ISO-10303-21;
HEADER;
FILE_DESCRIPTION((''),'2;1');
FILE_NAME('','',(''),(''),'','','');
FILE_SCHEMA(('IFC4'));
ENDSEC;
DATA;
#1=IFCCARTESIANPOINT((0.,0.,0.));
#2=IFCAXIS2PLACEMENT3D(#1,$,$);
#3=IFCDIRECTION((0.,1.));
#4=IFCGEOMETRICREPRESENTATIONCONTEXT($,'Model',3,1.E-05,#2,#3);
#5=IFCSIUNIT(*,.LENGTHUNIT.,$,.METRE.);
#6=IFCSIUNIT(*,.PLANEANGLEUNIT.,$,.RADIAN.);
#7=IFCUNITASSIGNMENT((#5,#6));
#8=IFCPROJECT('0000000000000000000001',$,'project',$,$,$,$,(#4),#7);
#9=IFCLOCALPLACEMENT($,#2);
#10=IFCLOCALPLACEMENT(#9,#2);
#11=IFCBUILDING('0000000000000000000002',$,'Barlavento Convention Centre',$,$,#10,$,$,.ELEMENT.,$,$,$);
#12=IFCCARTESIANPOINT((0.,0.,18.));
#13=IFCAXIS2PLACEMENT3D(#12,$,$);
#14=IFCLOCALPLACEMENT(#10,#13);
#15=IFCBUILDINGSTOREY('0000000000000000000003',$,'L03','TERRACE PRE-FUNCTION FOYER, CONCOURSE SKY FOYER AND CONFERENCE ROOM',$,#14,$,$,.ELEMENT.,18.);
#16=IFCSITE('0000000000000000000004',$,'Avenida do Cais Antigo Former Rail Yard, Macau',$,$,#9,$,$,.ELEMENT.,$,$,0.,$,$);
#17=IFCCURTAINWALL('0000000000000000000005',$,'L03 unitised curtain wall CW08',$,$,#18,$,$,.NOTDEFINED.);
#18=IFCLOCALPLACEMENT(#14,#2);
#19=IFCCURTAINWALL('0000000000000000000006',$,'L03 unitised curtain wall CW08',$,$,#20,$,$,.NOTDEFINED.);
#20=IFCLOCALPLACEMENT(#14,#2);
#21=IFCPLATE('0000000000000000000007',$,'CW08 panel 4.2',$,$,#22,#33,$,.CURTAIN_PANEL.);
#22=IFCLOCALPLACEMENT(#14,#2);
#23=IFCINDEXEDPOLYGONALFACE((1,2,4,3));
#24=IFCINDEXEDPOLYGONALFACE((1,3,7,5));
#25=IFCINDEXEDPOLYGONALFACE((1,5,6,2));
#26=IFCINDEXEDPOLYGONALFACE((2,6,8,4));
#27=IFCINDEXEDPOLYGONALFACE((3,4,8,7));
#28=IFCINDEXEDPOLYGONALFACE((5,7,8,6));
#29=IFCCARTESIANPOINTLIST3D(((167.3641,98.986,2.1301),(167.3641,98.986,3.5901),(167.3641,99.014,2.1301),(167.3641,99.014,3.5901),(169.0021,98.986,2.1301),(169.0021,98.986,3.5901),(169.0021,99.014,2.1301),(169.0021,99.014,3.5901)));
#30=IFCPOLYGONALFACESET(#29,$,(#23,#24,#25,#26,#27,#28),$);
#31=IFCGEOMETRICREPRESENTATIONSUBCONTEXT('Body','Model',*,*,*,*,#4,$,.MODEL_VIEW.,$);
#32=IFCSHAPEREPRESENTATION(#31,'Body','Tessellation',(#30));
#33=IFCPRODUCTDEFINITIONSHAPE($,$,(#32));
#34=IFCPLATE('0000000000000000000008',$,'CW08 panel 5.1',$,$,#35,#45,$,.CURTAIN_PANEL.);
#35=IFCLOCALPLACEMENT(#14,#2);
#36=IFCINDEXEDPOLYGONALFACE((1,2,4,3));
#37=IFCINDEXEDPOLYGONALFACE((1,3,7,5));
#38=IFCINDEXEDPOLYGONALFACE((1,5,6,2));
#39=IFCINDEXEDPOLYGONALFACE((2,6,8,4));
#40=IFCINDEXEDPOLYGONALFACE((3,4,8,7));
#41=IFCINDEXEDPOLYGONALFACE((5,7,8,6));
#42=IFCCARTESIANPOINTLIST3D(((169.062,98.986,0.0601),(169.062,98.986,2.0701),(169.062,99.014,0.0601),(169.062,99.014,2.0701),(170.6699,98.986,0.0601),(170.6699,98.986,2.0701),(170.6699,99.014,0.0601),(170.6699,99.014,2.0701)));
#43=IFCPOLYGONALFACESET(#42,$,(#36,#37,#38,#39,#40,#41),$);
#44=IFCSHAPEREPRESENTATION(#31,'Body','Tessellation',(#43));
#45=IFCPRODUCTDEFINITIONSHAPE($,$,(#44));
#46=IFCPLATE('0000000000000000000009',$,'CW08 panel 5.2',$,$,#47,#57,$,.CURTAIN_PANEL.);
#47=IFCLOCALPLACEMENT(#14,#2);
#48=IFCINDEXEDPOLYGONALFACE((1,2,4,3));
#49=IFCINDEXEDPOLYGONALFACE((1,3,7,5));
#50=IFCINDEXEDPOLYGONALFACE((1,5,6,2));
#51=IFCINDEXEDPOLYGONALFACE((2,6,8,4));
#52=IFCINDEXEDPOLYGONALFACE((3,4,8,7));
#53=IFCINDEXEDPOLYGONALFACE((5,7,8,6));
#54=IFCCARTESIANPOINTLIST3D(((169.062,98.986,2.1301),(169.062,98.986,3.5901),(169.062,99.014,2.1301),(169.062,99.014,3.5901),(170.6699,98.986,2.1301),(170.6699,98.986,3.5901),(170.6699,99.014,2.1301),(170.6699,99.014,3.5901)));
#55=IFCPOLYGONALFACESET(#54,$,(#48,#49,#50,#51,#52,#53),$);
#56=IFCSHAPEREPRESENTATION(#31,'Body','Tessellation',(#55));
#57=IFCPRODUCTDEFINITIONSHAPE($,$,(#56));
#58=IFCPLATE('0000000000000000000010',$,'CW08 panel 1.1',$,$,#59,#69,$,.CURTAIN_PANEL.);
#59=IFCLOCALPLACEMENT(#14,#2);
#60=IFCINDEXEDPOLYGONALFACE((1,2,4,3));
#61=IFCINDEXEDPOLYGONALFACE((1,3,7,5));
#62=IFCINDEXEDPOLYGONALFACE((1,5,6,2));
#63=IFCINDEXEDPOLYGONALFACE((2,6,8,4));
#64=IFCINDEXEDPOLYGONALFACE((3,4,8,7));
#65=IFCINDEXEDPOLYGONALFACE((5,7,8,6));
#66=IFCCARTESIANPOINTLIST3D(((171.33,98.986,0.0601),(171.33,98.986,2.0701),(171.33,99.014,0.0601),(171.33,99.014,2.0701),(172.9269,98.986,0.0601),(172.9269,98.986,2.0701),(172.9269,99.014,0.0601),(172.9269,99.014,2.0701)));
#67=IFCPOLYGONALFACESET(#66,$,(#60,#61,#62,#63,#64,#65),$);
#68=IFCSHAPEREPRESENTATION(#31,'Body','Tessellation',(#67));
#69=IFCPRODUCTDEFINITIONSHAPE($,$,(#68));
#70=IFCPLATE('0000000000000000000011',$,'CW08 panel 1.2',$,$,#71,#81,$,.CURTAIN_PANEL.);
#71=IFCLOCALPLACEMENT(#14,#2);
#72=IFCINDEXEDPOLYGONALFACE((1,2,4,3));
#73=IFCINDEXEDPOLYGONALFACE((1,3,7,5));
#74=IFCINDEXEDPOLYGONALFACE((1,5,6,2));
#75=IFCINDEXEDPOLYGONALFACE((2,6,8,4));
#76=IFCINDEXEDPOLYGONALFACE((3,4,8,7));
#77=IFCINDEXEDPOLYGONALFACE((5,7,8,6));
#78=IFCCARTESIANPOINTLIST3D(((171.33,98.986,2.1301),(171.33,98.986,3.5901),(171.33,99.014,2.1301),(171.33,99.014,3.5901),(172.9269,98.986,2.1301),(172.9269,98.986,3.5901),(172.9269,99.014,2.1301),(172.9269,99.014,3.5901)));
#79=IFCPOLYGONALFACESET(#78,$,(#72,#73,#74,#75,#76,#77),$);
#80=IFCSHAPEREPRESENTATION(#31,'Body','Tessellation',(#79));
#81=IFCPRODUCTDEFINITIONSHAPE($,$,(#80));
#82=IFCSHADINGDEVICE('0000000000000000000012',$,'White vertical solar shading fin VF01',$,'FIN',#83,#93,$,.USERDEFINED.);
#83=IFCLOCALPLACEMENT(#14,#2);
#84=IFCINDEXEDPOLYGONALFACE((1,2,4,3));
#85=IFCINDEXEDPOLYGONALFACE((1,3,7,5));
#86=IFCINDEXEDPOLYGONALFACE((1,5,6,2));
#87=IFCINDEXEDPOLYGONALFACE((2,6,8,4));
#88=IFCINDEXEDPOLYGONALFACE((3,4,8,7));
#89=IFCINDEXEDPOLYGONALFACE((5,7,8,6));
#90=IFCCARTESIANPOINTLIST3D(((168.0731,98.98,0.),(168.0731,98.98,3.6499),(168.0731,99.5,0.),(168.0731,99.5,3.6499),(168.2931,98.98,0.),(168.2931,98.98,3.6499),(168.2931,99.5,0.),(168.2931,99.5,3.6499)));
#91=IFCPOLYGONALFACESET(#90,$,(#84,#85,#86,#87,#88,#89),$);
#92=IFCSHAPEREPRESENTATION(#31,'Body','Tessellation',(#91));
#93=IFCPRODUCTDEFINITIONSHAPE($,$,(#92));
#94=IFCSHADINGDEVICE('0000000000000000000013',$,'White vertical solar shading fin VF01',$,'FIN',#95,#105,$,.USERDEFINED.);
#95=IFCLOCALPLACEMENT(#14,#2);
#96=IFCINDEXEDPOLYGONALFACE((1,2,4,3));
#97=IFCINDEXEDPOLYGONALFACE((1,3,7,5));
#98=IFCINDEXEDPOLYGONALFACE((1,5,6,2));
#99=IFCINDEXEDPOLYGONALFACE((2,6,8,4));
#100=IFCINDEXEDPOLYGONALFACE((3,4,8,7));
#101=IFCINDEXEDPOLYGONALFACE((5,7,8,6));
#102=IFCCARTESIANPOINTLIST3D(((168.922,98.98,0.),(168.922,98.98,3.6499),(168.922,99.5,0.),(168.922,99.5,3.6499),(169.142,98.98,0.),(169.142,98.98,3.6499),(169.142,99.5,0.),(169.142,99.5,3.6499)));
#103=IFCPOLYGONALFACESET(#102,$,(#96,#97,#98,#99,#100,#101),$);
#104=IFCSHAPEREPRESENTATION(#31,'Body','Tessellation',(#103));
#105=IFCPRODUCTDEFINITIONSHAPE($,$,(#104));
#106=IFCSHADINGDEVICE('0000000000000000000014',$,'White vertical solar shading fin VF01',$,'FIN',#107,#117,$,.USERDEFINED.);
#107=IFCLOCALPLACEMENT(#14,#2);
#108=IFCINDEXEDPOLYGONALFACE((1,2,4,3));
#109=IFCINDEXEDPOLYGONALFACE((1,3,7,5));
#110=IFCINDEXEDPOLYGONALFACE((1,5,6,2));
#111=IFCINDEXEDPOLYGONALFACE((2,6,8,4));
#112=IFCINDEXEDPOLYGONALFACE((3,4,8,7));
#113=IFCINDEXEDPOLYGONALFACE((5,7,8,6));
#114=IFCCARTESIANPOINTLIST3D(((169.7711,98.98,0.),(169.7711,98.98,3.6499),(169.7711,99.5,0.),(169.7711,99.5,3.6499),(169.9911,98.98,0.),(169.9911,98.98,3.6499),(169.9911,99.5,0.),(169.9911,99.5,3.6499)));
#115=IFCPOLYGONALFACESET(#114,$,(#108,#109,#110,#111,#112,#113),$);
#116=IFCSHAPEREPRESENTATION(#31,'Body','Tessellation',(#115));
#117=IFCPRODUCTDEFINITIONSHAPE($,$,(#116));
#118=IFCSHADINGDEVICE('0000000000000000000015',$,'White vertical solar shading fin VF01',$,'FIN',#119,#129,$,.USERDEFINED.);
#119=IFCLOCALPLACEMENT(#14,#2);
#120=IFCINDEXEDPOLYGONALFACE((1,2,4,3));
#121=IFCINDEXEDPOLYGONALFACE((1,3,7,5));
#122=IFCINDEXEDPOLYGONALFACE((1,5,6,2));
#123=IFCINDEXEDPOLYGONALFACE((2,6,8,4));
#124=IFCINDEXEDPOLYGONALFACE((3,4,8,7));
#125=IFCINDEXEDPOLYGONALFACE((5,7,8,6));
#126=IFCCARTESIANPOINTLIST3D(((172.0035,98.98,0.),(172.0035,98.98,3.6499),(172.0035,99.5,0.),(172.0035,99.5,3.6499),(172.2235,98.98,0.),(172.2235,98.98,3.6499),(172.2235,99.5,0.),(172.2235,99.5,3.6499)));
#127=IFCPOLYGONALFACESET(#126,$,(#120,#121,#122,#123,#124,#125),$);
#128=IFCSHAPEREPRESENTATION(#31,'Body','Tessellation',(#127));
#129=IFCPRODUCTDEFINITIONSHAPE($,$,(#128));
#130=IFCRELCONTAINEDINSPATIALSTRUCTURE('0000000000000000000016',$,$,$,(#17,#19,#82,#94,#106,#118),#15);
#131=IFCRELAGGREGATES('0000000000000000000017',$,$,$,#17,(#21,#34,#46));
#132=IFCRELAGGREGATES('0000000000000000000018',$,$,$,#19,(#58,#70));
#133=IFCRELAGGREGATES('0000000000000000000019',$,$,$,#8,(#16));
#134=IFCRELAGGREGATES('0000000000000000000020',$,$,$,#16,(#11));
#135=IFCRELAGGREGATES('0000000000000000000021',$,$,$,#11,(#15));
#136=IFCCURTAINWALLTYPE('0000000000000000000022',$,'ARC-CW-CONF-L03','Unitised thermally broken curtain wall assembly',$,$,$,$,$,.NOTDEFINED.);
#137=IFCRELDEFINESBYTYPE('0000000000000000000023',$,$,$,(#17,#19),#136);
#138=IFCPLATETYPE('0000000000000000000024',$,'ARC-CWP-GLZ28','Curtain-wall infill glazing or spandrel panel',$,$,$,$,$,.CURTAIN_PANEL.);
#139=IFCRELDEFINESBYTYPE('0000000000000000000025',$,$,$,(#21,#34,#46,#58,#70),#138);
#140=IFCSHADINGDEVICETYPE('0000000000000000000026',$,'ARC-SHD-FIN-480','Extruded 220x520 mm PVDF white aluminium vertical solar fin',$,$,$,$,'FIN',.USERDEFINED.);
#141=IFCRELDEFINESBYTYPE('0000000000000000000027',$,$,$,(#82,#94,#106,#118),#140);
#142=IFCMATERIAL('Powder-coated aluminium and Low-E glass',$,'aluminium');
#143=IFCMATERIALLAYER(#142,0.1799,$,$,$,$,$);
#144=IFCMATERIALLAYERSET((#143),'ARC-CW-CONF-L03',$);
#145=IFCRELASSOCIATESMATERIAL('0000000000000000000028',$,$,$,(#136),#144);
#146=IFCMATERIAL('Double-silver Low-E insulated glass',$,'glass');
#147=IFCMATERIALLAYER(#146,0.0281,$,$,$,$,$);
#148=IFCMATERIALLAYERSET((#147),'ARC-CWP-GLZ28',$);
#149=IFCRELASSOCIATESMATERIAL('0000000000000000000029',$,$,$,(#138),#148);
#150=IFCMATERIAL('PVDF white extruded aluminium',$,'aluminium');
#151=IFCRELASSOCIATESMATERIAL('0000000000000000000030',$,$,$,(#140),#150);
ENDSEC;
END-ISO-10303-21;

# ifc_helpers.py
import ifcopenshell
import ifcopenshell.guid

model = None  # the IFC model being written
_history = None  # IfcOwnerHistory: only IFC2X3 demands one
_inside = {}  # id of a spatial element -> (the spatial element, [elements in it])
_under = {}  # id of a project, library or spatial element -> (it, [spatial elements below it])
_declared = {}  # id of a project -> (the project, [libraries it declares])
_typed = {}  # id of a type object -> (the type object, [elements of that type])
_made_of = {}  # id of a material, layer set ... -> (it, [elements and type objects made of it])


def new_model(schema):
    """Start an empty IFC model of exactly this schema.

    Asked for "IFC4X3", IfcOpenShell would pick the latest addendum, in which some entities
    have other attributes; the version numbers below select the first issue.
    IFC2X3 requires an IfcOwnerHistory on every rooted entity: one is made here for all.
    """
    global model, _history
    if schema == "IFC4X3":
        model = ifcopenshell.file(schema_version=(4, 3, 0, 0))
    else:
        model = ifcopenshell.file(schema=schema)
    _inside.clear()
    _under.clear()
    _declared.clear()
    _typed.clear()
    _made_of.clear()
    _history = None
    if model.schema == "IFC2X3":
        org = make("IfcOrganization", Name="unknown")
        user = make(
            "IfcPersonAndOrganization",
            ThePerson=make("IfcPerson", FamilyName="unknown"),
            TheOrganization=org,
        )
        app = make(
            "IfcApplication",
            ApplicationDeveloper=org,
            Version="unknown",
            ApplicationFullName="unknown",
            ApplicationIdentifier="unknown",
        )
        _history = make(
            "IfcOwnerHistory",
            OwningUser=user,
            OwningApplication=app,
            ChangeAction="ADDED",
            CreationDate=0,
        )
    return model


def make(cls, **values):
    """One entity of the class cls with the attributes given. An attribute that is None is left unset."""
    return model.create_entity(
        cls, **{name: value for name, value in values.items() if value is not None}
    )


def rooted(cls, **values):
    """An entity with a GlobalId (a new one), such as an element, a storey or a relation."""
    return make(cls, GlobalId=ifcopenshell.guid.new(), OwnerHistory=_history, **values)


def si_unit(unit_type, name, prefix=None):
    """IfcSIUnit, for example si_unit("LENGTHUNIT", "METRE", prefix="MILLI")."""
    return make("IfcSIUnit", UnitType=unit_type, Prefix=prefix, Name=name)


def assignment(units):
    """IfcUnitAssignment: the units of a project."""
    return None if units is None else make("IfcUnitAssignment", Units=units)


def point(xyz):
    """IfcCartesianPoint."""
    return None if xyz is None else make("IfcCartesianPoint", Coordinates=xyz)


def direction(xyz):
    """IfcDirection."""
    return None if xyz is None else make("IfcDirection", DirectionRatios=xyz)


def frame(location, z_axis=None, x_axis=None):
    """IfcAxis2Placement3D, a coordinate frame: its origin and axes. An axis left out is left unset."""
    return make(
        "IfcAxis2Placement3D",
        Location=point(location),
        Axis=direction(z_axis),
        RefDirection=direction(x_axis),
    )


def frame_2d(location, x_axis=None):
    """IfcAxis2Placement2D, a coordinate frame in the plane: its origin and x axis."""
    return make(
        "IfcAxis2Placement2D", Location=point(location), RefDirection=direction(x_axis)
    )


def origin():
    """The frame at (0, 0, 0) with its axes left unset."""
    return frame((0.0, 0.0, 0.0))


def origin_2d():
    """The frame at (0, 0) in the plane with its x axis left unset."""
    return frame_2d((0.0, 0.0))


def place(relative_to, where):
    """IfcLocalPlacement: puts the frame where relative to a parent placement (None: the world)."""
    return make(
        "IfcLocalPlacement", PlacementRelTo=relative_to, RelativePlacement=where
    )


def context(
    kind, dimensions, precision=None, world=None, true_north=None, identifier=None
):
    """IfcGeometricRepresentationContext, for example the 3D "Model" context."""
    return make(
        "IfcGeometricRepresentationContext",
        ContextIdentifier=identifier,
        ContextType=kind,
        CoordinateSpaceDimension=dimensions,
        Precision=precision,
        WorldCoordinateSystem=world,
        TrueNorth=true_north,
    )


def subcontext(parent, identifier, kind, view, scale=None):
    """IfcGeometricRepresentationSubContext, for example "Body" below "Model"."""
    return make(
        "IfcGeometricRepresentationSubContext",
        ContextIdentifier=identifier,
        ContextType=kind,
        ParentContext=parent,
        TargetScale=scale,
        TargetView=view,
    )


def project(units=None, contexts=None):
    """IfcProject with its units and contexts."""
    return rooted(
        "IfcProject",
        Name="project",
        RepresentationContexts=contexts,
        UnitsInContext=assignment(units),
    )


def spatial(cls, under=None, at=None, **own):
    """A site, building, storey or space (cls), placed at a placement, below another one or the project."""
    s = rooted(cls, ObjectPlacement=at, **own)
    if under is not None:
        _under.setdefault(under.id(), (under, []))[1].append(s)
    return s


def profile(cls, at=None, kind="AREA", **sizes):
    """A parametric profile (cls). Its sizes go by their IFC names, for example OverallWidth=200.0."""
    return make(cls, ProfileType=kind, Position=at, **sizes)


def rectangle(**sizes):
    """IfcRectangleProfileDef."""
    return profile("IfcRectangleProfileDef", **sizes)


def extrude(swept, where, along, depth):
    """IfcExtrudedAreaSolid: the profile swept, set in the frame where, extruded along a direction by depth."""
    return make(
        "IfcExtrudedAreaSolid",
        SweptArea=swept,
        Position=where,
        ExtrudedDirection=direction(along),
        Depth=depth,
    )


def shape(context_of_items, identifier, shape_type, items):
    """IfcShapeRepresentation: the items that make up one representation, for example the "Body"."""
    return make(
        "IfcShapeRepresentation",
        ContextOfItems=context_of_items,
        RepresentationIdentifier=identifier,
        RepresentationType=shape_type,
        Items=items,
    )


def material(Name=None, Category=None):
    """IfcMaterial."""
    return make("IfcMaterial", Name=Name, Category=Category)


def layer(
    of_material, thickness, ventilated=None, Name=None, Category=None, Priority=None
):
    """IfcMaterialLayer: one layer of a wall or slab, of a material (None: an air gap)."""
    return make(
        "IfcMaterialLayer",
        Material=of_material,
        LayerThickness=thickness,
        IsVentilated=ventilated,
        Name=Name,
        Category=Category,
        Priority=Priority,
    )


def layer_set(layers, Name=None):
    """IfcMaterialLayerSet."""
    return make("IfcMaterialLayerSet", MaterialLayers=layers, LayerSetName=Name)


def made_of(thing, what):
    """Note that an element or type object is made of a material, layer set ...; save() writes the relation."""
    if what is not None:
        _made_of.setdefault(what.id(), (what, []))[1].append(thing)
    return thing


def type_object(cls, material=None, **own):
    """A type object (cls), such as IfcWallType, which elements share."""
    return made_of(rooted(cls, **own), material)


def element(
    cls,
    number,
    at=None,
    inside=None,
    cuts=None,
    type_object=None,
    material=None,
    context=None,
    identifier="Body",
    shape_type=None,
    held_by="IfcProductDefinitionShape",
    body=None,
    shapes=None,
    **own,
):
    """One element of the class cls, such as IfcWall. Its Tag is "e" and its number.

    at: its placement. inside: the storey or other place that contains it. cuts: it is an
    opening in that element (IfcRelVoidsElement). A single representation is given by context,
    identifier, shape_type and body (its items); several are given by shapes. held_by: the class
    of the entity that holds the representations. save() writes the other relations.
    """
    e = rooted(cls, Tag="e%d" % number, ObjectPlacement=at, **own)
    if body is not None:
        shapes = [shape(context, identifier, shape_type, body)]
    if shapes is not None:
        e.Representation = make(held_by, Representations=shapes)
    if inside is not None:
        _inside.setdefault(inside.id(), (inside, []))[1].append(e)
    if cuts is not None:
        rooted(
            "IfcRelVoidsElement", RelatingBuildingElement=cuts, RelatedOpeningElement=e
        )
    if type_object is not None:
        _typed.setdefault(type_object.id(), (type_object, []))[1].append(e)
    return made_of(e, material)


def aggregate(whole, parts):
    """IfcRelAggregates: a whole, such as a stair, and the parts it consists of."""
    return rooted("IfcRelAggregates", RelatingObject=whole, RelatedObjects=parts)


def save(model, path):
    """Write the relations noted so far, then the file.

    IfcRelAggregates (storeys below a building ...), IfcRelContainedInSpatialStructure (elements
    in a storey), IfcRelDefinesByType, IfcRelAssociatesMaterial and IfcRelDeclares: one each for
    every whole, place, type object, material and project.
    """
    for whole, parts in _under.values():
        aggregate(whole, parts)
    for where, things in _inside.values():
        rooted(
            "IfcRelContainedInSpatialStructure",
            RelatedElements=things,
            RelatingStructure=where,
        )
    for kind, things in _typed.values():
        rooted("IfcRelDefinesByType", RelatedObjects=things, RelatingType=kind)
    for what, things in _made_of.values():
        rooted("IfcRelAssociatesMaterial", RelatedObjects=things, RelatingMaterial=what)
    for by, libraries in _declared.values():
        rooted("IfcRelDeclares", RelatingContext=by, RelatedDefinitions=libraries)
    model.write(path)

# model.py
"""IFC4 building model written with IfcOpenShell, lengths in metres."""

from ifc_helpers import new_model, si_unit, direction, frame, origin, origin_2d, place, context, subcontext, project, spatial, rectangle, extrude, material, layer, layer_set, type_object, element, aggregate, save


model = new_model("IFC4")

# Units and contexts
model_context = context("Model", 3, precision=1e-05, world=origin(), true_north=direction((0.0, 1.0)))
body_context = subcontext(model_context, "Body", "Model", "MODEL_VIEW")
ifc_project = project(units=[si_unit("LENGTHUNIT", "METRE"), si_unit("PLANEANGLEUNIT", "RADIAN")], contexts=[model_context])

# Site, building, storey
site_placement = place(None, origin())
site = spatial("IfcSite", under=ifc_project, at=site_placement, Name="Avenida do Cais Antigo Former Rail Yard, Macau", CompositionType="ELEMENT", RefElevation=0.0)
building_placement = place(site_placement, origin())
building = spatial("IfcBuilding", under=site, at=building_placement, Name="Barlavento Convention Centre", CompositionType="ELEMENT")
storey_placement = place(building_placement, frame((0.0, 0.0, 18.0)))
storey = spatial("IfcBuildingStorey", under=building, at=storey_placement, Name="L03", Description="TERRACE PRE-FUNCTION FOYER, CONCOURSE SKY FOYER AND CONFERENCE ROOM", CompositionType="ELEMENT", Elevation=18.0)

# Shared definitions
ifc_material_1 = material(Name="Powder-coated aluminium and Low-E glass", Category="aluminium")

# Curtain walls
ifc_layer_1 = layer(ifc_material_1, 0.1799)
ifc_layer_set_1 = layer_set([ifc_layer_1], Name="ARC-CW-CONF-L03")
curtain_wall_type_1 = type_object("IfcCurtainWallType", Name="ARC-CW-CONF-L03", Description="Unitised thermally broken curtain wall assembly", PredefinedType="NOTDEFINED", material=ifc_layer_set_1)
curtain_wall_1_placement = place(storey_placement, origin())
curtain_wall_1 = element("IfcCurtainWall", 1, at=curtain_wall_1_placement, inside=storey, type_object=curtain_wall_type_1, Name="L03 unitised curtain wall CW08", PredefinedType="NOTDEFINED")
curtain_wall_2_placement = place(storey_placement, origin())
curtain_wall_2 = element("IfcCurtainWall", 2, at=curtain_wall_2_placement, inside=storey, type_object=curtain_wall_type_1, Name="L03 unitised curtain wall CW08", PredefinedType="NOTDEFINED")

# Plates
ifc_material_2 = material(Name="Double-silver Low-E insulated glass", Category="glass")
ifc_layer_2 = layer(ifc_material_2, 0.0281)
ifc_layer_set_2 = layer_set([ifc_layer_2], Name="ARC-CWP-GLZ28")
plate_type = type_object("IfcPlateType", Name="ARC-CWP-GLZ28", Description="Curtain-wall infill glazing or spandrel panel", PredefinedType="CURTAIN_PANEL", material=ifc_layer_set_2)
plate_1_placement = place(storey_placement, frame((168.1831, 99.0, 2.1301), z_axis=(0.0, 0.0, 1.0), x_axis=(1.0, 0.0, 0.0)))
plate_1 = element("IfcPlate", 3, at=plate_1_placement, type_object=plate_type, Name="CW08 panel 4.2", PredefinedType="CURTAIN_PANEL", context=body_context, shape_type="SweptSolid", body=[
    extrude(rectangle(XDim=1.6379, YDim=0.0281, at=origin_2d()), origin(), (0.0, 0.0, 1.0), 1.46),
])
plate_2_placement = place(storey_placement, frame((169.866, 99.0, 0.0601), z_axis=(0.0, 0.0, 1.0), x_axis=(1.0, 0.0, 0.0)))
plate_2 = element("IfcPlate", 4, at=plate_2_placement, type_object=plate_type, Name="CW08 panel 5.1", PredefinedType="CURTAIN_PANEL", context=body_context, shape_type="SweptSolid", body=[
    extrude(rectangle(XDim=1.6079, YDim=0.0281, at=origin_2d()), origin(), (0.0, 0.0, 1.0), 2.01),
])
plate_3_placement = place(storey_placement, frame((169.866, 99.0, 2.1301), z_axis=(0.0, 0.0, 1.0), x_axis=(1.0, 0.0, 0.0)))
plate_3 = element("IfcPlate", 5, at=plate_3_placement, type_object=plate_type, Name="CW08 panel 5.2", PredefinedType="CURTAIN_PANEL", context=body_context, shape_type="SweptSolid", body=[
    extrude(rectangle(XDim=1.6079, YDim=0.0281, at=origin_2d()), origin(), (0.0, 0.0, 1.0), 1.46),
])
aggregate(curtain_wall_1, [plate_1, plate_2, plate_3])
plate_4_placement = place(storey_placement, frame((172.1284, 99.0, 0.0601), z_axis=(0.0, 0.0, 1.0), x_axis=(1.0, 0.0, 0.0)))
plate_4 = element("IfcPlate", 6, at=plate_4_placement, type_object=plate_type, Name="CW08 panel 1.1", PredefinedType="CURTAIN_PANEL", context=body_context, shape_type="SweptSolid", body=[
    extrude(rectangle(XDim=1.5969, YDim=0.0281, at=origin_2d()), origin(), (0.0, 0.0, 1.0), 2.01),
])
plate_5_placement = place(storey_placement, frame((172.1284, 99.0, 2.1301), z_axis=(0.0, 0.0, 1.0), x_axis=(1.0, 0.0, 0.0)))
plate_5 = element("IfcPlate", 7, at=plate_5_placement, type_object=plate_type, Name="CW08 panel 1.2", PredefinedType="CURTAIN_PANEL", context=body_context, shape_type="SweptSolid", body=[
    extrude(rectangle(XDim=1.5969, YDim=0.0281, at=origin_2d()), origin(), (0.0, 0.0, 1.0), 1.46),
])
aggregate(curtain_wall_2, [plate_4, plate_5])

# Shading devices
ifc_material_3 = material(Name="PVDF white extruded aluminium", Category="aluminium")
shading_device_type = type_object("IfcShadingDeviceType", Name="ARC-SHD-FIN-480", Description="Extruded 220x520 mm PVDF white aluminium vertical solar fin", ElementType="FIN", PredefinedType="USERDEFINED", material=ifc_material_3)
for number, where, z_axis, x_axis, name in (
    (8, (168.1831, 99.24, 0.0), (0.0, 0.0, 1.0), (1.0, 0.0, 0.0), "White vertical solar shading fin VF01"),
    (9, (169.032, 99.24, 0.0), (0.0, 0.0, 1.0), (1.0, 0.0, 0.0), "White vertical solar shading fin VF01"),
    (10, (169.8811, 99.24, 0.0), (0.0, 0.0, 1.0), (1.0, 0.0, 0.0), "White vertical solar shading fin VF01"),
    (11, (172.1135, 99.24, 0.0), (0.0, 0.0, 1.0), (1.0, 0.0, 0.0), "White vertical solar shading fin VF01"),
):
    element("IfcShadingDevice", number, at=place(storey_placement, frame(where, z_axis=z_axis, x_axis=x_axis)), inside=storey, type_object=shading_device_type, Name=name, ObjectType="FIN", PredefinedType="USERDEFINED", context=body_context, shape_type="SweptSolid", body=[
        extrude(rectangle(XDim=0.22, YDim=0.52, at=origin_2d()), origin(), (0.0, 0.0, 1.0), 3.6499),
    ])

save(model, "model.ifc")
